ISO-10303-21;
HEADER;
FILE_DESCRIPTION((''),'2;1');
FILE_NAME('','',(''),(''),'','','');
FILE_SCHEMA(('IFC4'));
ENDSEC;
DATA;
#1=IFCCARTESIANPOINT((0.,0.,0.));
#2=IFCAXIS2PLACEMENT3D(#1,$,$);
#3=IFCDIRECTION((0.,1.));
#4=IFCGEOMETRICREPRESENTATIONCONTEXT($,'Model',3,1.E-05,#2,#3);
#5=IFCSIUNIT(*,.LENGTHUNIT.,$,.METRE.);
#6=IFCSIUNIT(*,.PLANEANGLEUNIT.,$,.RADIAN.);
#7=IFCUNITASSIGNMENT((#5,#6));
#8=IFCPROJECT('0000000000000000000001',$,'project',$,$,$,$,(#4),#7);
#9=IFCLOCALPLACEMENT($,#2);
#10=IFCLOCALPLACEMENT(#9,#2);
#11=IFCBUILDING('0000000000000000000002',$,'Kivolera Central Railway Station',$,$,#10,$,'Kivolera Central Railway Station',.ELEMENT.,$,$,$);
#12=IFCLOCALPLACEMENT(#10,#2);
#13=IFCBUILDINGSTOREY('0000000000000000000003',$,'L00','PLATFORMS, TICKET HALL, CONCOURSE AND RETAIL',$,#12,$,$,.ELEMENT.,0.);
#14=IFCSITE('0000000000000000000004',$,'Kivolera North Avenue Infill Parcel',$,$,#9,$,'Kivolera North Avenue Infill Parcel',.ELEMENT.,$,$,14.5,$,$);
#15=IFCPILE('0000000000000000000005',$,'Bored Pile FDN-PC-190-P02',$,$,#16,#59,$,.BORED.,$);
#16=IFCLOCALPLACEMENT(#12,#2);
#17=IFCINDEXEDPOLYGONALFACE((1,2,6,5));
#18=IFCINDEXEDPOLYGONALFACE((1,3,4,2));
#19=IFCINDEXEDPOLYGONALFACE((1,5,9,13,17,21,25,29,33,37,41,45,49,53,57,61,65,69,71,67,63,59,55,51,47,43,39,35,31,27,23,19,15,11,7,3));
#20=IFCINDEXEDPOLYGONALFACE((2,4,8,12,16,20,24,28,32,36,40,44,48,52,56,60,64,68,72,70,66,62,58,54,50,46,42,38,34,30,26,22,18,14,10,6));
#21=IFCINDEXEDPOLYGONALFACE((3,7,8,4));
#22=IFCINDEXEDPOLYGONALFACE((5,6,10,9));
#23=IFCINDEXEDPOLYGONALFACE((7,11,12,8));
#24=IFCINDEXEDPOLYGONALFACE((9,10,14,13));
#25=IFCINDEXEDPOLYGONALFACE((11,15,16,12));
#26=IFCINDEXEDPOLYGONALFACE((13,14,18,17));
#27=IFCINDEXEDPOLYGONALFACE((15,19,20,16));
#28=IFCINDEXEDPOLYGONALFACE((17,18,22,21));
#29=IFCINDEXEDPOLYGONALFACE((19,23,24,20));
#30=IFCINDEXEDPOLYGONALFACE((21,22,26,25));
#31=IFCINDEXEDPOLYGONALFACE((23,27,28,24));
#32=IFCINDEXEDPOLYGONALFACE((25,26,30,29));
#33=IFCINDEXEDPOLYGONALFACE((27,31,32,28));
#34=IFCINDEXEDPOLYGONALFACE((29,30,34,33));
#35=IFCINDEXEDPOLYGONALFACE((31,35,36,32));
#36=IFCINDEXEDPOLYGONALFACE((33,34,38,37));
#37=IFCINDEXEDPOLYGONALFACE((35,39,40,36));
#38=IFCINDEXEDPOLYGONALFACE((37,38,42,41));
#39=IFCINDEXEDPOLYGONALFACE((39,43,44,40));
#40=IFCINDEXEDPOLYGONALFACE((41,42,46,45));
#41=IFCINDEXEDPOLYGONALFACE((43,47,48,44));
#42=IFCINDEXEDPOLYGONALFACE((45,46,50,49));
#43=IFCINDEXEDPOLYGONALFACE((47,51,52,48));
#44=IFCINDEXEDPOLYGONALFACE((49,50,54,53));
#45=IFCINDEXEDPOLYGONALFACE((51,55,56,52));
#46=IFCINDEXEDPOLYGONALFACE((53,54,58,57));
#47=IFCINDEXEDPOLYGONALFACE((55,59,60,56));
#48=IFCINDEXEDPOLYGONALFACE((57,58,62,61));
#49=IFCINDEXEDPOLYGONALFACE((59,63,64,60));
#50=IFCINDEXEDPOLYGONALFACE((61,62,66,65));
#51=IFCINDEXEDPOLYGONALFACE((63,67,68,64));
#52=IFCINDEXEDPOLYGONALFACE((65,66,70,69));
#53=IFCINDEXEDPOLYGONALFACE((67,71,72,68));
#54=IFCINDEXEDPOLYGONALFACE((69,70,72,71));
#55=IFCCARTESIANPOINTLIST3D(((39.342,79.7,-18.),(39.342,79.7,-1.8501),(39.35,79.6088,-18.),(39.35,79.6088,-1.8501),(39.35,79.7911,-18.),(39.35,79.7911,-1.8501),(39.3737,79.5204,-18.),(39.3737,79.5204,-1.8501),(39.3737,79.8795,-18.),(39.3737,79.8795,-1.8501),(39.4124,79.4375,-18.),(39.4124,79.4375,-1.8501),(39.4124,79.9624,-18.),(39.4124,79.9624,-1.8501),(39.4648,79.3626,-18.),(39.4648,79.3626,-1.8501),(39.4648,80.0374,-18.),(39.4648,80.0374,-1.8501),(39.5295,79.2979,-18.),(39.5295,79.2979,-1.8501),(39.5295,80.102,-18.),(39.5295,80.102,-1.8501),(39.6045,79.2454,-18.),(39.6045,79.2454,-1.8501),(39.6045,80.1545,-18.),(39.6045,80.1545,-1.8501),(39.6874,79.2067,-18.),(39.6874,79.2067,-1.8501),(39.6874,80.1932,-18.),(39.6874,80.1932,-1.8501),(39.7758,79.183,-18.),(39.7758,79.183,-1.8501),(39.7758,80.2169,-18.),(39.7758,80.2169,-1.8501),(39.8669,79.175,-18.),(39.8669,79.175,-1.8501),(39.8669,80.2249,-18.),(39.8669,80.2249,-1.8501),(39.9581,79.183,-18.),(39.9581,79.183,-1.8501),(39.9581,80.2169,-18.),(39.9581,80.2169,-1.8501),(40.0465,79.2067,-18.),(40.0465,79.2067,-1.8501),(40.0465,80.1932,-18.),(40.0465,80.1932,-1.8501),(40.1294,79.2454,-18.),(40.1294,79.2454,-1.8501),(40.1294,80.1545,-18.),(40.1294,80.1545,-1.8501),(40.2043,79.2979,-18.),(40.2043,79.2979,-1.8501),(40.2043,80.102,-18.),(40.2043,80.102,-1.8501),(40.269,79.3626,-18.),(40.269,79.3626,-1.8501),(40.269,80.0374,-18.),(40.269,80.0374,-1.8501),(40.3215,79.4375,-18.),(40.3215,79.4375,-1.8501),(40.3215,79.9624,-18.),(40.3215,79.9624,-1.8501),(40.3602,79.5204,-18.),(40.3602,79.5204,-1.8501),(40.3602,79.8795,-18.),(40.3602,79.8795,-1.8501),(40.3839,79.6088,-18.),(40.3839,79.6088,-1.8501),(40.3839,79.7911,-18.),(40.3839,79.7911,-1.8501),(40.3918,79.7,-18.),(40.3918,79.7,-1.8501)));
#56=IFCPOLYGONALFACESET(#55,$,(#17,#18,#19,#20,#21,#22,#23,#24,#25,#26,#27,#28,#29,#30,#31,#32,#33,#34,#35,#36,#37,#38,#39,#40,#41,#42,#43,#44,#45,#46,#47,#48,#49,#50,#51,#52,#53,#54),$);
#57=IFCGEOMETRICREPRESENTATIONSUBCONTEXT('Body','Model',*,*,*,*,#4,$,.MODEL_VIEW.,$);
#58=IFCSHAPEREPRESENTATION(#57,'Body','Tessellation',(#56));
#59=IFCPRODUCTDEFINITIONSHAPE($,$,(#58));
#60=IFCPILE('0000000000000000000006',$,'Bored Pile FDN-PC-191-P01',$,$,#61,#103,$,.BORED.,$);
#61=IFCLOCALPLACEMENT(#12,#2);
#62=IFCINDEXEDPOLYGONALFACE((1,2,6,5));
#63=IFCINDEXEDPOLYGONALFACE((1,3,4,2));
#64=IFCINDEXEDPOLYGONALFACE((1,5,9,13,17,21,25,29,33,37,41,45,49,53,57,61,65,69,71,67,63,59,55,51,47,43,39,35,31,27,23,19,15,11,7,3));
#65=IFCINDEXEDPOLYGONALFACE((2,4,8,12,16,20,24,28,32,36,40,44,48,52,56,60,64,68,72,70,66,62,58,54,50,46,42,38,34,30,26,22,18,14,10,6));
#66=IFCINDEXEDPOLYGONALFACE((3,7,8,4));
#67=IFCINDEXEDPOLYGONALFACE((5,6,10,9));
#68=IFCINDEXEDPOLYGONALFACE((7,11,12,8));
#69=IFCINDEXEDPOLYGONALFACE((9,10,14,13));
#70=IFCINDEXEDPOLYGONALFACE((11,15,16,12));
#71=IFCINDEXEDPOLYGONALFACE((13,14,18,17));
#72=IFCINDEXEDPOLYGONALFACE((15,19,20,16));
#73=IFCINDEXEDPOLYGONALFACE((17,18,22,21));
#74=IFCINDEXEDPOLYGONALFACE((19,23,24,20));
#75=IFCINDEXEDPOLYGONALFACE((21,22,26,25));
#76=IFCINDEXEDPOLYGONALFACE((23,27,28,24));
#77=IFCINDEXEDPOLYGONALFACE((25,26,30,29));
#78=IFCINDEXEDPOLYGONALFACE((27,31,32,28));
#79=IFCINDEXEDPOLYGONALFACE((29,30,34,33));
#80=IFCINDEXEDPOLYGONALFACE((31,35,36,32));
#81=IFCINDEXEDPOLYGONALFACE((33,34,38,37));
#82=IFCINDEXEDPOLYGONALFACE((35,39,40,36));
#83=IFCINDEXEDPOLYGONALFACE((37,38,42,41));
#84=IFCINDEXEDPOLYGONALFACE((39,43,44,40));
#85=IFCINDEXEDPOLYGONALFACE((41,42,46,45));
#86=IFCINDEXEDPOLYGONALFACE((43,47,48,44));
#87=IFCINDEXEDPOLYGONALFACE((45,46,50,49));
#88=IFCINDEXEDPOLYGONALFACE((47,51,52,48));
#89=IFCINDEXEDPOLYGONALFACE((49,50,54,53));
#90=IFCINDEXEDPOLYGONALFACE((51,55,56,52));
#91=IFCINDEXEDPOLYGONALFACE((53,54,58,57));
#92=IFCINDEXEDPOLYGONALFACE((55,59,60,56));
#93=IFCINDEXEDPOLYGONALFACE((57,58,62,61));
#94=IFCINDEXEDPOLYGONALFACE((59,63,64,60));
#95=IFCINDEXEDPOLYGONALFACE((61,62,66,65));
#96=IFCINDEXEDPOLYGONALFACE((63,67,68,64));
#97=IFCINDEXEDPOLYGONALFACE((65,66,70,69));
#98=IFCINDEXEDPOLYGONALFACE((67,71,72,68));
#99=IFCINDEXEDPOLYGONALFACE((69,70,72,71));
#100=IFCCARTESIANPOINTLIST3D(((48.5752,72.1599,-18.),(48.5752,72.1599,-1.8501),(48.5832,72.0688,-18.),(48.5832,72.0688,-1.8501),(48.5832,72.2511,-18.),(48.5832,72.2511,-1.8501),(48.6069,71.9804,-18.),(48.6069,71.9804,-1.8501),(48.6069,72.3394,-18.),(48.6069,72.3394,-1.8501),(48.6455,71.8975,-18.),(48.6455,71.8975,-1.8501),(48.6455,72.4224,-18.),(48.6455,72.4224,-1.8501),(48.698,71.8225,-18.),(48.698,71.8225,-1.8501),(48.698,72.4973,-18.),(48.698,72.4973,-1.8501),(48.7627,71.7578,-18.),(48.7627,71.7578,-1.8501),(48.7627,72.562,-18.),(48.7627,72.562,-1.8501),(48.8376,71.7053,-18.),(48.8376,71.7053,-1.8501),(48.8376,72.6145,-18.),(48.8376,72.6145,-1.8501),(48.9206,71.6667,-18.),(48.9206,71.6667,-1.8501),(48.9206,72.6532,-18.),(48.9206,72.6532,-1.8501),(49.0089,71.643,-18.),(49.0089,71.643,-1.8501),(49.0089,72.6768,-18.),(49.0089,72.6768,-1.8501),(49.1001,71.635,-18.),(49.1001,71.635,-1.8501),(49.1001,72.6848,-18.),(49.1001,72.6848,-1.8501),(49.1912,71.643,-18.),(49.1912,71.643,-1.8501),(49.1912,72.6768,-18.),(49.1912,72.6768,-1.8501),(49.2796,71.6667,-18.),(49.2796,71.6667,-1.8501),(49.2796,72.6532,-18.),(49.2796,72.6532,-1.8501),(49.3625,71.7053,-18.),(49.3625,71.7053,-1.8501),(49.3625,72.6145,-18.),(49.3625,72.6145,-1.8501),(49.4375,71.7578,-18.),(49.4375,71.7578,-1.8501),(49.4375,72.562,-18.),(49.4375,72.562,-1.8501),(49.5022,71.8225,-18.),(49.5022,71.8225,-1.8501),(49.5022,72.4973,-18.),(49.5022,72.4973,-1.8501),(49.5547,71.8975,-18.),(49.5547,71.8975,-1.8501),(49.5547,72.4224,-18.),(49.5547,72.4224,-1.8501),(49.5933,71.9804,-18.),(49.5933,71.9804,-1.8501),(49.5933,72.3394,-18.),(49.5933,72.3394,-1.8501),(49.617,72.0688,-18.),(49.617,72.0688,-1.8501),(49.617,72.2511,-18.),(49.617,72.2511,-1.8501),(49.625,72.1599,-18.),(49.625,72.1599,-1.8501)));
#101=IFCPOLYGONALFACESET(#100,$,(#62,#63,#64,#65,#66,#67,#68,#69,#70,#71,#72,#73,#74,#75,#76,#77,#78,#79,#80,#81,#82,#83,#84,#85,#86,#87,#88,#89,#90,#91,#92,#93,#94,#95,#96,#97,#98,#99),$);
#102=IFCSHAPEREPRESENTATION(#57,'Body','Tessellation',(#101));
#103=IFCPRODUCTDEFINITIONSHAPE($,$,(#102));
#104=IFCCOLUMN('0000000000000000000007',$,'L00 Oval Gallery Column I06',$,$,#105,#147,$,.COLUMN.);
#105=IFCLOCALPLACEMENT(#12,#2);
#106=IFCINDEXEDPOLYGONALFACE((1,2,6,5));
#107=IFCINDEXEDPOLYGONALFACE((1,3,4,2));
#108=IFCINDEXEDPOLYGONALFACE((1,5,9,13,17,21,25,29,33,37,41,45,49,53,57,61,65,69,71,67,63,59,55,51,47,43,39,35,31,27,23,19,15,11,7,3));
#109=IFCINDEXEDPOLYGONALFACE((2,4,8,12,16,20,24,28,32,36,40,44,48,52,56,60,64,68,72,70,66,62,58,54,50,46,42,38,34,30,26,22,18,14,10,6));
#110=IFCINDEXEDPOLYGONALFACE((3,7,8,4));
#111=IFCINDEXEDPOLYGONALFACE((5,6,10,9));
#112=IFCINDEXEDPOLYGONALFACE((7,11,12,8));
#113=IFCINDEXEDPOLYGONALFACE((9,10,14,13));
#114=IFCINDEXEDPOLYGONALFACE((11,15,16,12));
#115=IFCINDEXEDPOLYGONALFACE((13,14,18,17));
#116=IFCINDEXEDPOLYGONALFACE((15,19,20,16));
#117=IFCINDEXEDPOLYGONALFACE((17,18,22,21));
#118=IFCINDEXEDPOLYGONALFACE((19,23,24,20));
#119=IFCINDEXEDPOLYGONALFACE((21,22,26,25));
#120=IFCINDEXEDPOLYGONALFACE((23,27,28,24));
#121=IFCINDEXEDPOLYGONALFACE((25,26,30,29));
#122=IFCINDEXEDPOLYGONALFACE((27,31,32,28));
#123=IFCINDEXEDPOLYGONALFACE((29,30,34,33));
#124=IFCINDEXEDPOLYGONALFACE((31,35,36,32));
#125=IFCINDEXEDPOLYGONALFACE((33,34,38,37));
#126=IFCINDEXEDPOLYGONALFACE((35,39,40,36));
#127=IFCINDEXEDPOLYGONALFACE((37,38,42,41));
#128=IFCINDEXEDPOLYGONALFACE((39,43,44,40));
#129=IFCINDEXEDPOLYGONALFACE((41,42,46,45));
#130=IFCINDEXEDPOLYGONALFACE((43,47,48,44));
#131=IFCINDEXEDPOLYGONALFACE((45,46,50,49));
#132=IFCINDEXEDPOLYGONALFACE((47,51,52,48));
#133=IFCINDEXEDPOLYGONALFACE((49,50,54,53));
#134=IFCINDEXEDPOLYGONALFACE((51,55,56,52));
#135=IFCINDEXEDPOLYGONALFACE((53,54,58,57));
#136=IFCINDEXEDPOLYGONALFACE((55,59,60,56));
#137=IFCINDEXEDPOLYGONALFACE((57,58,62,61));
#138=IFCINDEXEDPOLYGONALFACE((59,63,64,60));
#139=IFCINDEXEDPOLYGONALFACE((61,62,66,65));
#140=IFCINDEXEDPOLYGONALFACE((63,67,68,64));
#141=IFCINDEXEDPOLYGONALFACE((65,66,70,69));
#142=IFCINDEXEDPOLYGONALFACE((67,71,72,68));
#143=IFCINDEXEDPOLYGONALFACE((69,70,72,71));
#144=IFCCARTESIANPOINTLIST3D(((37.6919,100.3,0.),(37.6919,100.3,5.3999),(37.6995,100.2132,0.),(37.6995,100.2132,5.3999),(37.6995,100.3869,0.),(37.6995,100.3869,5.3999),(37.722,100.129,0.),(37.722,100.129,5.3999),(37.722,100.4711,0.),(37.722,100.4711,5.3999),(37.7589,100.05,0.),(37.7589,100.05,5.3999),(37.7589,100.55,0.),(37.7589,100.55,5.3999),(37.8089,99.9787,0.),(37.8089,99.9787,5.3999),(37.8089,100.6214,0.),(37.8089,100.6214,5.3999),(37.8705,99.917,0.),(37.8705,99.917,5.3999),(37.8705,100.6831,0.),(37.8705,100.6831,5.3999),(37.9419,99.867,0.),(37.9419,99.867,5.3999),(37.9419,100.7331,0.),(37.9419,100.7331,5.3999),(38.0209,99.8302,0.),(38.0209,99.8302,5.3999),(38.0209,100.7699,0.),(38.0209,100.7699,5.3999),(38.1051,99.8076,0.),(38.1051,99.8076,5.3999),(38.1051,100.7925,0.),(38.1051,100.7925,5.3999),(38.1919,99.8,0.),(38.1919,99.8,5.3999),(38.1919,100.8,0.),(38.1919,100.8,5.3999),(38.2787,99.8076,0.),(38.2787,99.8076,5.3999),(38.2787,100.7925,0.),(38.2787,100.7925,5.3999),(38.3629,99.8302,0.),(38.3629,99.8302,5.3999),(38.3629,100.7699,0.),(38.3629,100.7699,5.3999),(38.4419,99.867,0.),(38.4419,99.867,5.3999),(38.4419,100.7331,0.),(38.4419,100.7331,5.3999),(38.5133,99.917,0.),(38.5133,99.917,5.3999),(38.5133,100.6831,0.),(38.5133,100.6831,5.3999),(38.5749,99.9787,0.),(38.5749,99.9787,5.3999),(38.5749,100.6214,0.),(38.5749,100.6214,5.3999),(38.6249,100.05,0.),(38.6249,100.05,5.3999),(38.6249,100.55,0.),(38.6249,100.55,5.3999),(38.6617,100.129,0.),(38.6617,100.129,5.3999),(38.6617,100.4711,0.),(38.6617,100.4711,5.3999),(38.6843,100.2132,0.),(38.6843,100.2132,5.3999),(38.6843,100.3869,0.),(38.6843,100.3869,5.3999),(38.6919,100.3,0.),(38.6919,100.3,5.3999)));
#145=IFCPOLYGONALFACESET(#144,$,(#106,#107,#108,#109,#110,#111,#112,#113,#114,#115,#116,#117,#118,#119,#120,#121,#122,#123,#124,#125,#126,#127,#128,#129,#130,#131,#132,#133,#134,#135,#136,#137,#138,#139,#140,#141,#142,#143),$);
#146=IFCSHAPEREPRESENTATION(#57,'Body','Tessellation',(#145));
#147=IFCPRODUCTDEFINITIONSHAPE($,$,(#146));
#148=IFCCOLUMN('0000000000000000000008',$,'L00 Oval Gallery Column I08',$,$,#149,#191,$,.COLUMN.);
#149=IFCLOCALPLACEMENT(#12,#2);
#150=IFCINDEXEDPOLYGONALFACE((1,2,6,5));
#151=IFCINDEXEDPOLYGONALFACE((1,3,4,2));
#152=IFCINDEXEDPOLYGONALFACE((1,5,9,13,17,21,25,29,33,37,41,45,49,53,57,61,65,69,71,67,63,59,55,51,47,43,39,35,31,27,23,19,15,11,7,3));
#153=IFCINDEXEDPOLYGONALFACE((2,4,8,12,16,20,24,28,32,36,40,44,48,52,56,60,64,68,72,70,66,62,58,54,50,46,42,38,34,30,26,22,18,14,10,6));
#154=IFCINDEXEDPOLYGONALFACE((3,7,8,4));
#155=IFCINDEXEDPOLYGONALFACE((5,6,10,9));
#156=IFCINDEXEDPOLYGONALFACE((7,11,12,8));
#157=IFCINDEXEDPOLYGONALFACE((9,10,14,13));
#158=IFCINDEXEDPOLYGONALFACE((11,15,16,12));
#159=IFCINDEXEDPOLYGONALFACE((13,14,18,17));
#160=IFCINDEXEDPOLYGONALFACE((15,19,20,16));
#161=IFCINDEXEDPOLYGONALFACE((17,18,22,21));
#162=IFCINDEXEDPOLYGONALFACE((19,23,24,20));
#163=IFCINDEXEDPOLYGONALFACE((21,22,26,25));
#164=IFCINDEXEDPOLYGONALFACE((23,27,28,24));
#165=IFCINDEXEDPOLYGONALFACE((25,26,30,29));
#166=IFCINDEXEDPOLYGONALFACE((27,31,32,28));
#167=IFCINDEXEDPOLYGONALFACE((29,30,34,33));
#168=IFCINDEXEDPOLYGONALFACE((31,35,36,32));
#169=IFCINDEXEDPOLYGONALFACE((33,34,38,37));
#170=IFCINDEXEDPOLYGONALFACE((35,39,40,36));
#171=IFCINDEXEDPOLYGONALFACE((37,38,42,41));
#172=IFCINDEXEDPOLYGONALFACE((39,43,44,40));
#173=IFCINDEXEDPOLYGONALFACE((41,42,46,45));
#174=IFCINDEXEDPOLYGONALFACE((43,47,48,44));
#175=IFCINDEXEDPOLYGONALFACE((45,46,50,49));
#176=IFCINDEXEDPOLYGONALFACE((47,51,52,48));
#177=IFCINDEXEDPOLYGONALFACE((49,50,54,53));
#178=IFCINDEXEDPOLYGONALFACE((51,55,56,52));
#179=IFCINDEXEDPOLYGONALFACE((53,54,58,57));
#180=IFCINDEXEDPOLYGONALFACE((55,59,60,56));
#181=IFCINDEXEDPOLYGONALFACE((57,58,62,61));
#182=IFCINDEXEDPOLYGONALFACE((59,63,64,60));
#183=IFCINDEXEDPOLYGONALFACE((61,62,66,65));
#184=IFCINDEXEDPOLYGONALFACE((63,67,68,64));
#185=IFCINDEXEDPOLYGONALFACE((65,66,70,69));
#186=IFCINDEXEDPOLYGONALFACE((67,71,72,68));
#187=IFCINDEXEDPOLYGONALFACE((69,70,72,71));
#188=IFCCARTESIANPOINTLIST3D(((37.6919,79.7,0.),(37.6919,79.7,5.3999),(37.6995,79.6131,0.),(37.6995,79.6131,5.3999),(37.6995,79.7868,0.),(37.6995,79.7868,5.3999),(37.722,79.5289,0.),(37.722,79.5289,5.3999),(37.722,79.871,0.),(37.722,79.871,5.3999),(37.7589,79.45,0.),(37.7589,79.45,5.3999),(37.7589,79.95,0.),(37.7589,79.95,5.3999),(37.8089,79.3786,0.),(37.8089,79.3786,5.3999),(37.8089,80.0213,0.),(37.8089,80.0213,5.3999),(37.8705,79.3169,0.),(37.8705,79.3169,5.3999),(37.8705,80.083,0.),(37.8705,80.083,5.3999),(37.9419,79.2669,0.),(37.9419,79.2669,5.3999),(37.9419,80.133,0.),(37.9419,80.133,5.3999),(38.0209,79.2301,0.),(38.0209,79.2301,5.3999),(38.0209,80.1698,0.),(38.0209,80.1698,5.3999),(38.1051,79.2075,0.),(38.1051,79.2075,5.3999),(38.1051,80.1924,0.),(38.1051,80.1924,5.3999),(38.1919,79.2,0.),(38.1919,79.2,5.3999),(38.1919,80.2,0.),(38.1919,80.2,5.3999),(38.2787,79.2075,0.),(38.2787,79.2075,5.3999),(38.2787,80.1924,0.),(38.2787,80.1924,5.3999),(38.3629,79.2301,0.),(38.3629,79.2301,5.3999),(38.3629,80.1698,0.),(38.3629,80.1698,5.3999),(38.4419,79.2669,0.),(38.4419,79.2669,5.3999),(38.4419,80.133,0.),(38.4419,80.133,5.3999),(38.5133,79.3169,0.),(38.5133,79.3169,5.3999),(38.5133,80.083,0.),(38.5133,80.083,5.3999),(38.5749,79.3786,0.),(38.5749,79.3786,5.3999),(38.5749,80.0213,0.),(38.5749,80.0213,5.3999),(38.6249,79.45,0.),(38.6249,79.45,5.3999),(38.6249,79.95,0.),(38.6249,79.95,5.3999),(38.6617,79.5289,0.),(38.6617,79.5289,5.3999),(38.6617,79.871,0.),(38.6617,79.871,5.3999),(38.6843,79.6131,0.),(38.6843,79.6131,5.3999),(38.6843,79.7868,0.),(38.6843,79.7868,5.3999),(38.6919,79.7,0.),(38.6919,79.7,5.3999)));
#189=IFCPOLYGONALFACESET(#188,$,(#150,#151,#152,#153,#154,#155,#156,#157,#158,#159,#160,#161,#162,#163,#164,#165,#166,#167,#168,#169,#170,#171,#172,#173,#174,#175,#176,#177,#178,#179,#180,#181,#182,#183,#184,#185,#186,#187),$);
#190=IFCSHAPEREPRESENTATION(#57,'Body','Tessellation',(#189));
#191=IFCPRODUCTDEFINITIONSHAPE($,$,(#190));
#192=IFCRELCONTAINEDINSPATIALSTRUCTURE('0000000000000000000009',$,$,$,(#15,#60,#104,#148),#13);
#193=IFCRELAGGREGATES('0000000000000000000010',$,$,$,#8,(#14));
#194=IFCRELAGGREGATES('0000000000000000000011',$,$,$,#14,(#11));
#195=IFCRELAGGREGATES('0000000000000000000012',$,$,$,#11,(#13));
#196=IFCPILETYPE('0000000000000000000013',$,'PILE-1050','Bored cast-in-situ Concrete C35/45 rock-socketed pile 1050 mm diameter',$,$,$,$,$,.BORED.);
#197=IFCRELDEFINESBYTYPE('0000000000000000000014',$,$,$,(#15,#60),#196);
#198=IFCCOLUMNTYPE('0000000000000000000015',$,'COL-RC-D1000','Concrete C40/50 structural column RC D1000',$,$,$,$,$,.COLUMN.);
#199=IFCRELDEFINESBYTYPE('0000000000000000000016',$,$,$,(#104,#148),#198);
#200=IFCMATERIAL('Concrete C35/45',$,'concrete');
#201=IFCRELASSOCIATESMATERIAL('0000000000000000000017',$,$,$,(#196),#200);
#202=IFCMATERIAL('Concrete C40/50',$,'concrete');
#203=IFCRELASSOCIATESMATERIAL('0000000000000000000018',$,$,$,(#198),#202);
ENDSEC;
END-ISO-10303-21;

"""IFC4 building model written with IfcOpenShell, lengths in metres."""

from ifc_helpers import new_model, si_unit, direction, frame, origin, origin_2d, place, context, subcontext, project, spatial, circle, extrude, material, material_profile, profile_set, type_object, element, save


model = new_model("IFC4")

# Units and contexts
model_context = context("Model", 3, precision=1e-05, world=origin(), true_north=direction((0.0, 1.0)))
body_context = subcontext(model_context, "Body", "Model", "MODEL_VIEW")
ifc_project = project(units=[si_unit("LENGTHUNIT", "METRE"), si_unit("PLANEANGLEUNIT", "RADIAN")], contexts=[model_context])

# Site, building, storey
site_placement = place(None, origin())
site = spatial("IfcSite", under=ifc_project, at=site_placement, Name="Kivolera North Avenue Infill Parcel", LongName="Kivolera North Avenue Infill Parcel", CompositionType="ELEMENT", RefElevation=14.5)
building_placement = place(site_placement, origin())
building = spatial("IfcBuilding", under=site, at=building_placement, Name="Kivolera Central Railway Station", LongName="Kivolera Central Railway Station", CompositionType="ELEMENT")
storey_placement = place(building_placement, origin())
storey = spatial("IfcBuildingStorey", under=building, at=storey_placement, Name="L00", Description="PLATFORMS, TICKET HALL, CONCOURSE AND RETAIL", CompositionType="ELEMENT", Elevation=0.0)

# Shared definitions
ifc_material_1 = material(Name="Concrete C35/45", Category="concrete")

# Piles
ifc_material_profile_1 = material_profile(ifc_material_1, circle(Radius=0.5249, at=origin_2d()), Name="PILE D1050")
ifc_profile_set_1 = profile_set([ifc_material_profile_1], Name="Concrete C35/45")
pile_type = type_object("IfcPileType", Name="PILE-1050", Description="Bored cast-in-situ Concrete C35/45 rock-socketed pile 1050 mm diameter", PredefinedType="BORED", material=ifc_profile_set_1)
for number, where, z_axis, x_axis, name in (
    (1, (39.8669, 79.7, -1.8501), (0.0, 0.0, -1.0), (1.0, 0.0, 0.0), "Bored Pile FDN-PC-190-P02"),
    (2, (49.1001, 72.1599, -1.8501), (0.0, 0.0, -1.0), (1.0, 0.0, 0.0), "Bored Pile FDN-PC-191-P01"),
):
    element("IfcPile", number, at=place(storey_placement, frame(where, z_axis=z_axis, x_axis=x_axis)), inside=storey, type_object=pile_type, Name=name, PredefinedType="BORED", context=body_context, shape_type="SweptSolid", body=[
        extrude(circle(Radius=0.5249, at=origin_2d()), origin(), (0.0, 0.0, 1.0), 16.1499),
    ])

# Columns
ifc_material_2 = material(Name="Concrete C40/50", Category="concrete")
ifc_material_profile_2 = material_profile(ifc_material_2, circle(Radius=0.5, at=origin_2d()), Name="RC D1000")
ifc_profile_set_2 = profile_set([ifc_material_profile_2], Name="Concrete C40/50")
column_type = type_object("IfcColumnType", Name="COL-RC-D1000", Description="Concrete C40/50 structural column RC D1000", PredefinedType="COLUMN", material=ifc_profile_set_2)
for number, where, z_axis, x_axis, name in (
    (3, (38.1919, 100.3, 0.0), (0.0, 0.0, 1.0), (1.0, 0.0, 0.0), "L00 Oval Gallery Column I06"),
    (4, (38.1919, 79.7, 0.0), (0.0, 0.0, 1.0), (1.0, 0.0, 0.0), "L00 Oval Gallery Column I08"),
):
    element("IfcColumn", number, at=place(storey_placement, frame(where, z_axis=z_axis, x_axis=x_axis)), inside=storey, type_object=column_type, Name=name, PredefinedType="COLUMN", context=body_context, shape_type="SweptSolid", body=[
        extrude(circle(Radius=0.5, at=origin_2d()), origin(), (0.0, 0.0, 1.0), 5.3999),
    ])

save(model, "model.ifc")
